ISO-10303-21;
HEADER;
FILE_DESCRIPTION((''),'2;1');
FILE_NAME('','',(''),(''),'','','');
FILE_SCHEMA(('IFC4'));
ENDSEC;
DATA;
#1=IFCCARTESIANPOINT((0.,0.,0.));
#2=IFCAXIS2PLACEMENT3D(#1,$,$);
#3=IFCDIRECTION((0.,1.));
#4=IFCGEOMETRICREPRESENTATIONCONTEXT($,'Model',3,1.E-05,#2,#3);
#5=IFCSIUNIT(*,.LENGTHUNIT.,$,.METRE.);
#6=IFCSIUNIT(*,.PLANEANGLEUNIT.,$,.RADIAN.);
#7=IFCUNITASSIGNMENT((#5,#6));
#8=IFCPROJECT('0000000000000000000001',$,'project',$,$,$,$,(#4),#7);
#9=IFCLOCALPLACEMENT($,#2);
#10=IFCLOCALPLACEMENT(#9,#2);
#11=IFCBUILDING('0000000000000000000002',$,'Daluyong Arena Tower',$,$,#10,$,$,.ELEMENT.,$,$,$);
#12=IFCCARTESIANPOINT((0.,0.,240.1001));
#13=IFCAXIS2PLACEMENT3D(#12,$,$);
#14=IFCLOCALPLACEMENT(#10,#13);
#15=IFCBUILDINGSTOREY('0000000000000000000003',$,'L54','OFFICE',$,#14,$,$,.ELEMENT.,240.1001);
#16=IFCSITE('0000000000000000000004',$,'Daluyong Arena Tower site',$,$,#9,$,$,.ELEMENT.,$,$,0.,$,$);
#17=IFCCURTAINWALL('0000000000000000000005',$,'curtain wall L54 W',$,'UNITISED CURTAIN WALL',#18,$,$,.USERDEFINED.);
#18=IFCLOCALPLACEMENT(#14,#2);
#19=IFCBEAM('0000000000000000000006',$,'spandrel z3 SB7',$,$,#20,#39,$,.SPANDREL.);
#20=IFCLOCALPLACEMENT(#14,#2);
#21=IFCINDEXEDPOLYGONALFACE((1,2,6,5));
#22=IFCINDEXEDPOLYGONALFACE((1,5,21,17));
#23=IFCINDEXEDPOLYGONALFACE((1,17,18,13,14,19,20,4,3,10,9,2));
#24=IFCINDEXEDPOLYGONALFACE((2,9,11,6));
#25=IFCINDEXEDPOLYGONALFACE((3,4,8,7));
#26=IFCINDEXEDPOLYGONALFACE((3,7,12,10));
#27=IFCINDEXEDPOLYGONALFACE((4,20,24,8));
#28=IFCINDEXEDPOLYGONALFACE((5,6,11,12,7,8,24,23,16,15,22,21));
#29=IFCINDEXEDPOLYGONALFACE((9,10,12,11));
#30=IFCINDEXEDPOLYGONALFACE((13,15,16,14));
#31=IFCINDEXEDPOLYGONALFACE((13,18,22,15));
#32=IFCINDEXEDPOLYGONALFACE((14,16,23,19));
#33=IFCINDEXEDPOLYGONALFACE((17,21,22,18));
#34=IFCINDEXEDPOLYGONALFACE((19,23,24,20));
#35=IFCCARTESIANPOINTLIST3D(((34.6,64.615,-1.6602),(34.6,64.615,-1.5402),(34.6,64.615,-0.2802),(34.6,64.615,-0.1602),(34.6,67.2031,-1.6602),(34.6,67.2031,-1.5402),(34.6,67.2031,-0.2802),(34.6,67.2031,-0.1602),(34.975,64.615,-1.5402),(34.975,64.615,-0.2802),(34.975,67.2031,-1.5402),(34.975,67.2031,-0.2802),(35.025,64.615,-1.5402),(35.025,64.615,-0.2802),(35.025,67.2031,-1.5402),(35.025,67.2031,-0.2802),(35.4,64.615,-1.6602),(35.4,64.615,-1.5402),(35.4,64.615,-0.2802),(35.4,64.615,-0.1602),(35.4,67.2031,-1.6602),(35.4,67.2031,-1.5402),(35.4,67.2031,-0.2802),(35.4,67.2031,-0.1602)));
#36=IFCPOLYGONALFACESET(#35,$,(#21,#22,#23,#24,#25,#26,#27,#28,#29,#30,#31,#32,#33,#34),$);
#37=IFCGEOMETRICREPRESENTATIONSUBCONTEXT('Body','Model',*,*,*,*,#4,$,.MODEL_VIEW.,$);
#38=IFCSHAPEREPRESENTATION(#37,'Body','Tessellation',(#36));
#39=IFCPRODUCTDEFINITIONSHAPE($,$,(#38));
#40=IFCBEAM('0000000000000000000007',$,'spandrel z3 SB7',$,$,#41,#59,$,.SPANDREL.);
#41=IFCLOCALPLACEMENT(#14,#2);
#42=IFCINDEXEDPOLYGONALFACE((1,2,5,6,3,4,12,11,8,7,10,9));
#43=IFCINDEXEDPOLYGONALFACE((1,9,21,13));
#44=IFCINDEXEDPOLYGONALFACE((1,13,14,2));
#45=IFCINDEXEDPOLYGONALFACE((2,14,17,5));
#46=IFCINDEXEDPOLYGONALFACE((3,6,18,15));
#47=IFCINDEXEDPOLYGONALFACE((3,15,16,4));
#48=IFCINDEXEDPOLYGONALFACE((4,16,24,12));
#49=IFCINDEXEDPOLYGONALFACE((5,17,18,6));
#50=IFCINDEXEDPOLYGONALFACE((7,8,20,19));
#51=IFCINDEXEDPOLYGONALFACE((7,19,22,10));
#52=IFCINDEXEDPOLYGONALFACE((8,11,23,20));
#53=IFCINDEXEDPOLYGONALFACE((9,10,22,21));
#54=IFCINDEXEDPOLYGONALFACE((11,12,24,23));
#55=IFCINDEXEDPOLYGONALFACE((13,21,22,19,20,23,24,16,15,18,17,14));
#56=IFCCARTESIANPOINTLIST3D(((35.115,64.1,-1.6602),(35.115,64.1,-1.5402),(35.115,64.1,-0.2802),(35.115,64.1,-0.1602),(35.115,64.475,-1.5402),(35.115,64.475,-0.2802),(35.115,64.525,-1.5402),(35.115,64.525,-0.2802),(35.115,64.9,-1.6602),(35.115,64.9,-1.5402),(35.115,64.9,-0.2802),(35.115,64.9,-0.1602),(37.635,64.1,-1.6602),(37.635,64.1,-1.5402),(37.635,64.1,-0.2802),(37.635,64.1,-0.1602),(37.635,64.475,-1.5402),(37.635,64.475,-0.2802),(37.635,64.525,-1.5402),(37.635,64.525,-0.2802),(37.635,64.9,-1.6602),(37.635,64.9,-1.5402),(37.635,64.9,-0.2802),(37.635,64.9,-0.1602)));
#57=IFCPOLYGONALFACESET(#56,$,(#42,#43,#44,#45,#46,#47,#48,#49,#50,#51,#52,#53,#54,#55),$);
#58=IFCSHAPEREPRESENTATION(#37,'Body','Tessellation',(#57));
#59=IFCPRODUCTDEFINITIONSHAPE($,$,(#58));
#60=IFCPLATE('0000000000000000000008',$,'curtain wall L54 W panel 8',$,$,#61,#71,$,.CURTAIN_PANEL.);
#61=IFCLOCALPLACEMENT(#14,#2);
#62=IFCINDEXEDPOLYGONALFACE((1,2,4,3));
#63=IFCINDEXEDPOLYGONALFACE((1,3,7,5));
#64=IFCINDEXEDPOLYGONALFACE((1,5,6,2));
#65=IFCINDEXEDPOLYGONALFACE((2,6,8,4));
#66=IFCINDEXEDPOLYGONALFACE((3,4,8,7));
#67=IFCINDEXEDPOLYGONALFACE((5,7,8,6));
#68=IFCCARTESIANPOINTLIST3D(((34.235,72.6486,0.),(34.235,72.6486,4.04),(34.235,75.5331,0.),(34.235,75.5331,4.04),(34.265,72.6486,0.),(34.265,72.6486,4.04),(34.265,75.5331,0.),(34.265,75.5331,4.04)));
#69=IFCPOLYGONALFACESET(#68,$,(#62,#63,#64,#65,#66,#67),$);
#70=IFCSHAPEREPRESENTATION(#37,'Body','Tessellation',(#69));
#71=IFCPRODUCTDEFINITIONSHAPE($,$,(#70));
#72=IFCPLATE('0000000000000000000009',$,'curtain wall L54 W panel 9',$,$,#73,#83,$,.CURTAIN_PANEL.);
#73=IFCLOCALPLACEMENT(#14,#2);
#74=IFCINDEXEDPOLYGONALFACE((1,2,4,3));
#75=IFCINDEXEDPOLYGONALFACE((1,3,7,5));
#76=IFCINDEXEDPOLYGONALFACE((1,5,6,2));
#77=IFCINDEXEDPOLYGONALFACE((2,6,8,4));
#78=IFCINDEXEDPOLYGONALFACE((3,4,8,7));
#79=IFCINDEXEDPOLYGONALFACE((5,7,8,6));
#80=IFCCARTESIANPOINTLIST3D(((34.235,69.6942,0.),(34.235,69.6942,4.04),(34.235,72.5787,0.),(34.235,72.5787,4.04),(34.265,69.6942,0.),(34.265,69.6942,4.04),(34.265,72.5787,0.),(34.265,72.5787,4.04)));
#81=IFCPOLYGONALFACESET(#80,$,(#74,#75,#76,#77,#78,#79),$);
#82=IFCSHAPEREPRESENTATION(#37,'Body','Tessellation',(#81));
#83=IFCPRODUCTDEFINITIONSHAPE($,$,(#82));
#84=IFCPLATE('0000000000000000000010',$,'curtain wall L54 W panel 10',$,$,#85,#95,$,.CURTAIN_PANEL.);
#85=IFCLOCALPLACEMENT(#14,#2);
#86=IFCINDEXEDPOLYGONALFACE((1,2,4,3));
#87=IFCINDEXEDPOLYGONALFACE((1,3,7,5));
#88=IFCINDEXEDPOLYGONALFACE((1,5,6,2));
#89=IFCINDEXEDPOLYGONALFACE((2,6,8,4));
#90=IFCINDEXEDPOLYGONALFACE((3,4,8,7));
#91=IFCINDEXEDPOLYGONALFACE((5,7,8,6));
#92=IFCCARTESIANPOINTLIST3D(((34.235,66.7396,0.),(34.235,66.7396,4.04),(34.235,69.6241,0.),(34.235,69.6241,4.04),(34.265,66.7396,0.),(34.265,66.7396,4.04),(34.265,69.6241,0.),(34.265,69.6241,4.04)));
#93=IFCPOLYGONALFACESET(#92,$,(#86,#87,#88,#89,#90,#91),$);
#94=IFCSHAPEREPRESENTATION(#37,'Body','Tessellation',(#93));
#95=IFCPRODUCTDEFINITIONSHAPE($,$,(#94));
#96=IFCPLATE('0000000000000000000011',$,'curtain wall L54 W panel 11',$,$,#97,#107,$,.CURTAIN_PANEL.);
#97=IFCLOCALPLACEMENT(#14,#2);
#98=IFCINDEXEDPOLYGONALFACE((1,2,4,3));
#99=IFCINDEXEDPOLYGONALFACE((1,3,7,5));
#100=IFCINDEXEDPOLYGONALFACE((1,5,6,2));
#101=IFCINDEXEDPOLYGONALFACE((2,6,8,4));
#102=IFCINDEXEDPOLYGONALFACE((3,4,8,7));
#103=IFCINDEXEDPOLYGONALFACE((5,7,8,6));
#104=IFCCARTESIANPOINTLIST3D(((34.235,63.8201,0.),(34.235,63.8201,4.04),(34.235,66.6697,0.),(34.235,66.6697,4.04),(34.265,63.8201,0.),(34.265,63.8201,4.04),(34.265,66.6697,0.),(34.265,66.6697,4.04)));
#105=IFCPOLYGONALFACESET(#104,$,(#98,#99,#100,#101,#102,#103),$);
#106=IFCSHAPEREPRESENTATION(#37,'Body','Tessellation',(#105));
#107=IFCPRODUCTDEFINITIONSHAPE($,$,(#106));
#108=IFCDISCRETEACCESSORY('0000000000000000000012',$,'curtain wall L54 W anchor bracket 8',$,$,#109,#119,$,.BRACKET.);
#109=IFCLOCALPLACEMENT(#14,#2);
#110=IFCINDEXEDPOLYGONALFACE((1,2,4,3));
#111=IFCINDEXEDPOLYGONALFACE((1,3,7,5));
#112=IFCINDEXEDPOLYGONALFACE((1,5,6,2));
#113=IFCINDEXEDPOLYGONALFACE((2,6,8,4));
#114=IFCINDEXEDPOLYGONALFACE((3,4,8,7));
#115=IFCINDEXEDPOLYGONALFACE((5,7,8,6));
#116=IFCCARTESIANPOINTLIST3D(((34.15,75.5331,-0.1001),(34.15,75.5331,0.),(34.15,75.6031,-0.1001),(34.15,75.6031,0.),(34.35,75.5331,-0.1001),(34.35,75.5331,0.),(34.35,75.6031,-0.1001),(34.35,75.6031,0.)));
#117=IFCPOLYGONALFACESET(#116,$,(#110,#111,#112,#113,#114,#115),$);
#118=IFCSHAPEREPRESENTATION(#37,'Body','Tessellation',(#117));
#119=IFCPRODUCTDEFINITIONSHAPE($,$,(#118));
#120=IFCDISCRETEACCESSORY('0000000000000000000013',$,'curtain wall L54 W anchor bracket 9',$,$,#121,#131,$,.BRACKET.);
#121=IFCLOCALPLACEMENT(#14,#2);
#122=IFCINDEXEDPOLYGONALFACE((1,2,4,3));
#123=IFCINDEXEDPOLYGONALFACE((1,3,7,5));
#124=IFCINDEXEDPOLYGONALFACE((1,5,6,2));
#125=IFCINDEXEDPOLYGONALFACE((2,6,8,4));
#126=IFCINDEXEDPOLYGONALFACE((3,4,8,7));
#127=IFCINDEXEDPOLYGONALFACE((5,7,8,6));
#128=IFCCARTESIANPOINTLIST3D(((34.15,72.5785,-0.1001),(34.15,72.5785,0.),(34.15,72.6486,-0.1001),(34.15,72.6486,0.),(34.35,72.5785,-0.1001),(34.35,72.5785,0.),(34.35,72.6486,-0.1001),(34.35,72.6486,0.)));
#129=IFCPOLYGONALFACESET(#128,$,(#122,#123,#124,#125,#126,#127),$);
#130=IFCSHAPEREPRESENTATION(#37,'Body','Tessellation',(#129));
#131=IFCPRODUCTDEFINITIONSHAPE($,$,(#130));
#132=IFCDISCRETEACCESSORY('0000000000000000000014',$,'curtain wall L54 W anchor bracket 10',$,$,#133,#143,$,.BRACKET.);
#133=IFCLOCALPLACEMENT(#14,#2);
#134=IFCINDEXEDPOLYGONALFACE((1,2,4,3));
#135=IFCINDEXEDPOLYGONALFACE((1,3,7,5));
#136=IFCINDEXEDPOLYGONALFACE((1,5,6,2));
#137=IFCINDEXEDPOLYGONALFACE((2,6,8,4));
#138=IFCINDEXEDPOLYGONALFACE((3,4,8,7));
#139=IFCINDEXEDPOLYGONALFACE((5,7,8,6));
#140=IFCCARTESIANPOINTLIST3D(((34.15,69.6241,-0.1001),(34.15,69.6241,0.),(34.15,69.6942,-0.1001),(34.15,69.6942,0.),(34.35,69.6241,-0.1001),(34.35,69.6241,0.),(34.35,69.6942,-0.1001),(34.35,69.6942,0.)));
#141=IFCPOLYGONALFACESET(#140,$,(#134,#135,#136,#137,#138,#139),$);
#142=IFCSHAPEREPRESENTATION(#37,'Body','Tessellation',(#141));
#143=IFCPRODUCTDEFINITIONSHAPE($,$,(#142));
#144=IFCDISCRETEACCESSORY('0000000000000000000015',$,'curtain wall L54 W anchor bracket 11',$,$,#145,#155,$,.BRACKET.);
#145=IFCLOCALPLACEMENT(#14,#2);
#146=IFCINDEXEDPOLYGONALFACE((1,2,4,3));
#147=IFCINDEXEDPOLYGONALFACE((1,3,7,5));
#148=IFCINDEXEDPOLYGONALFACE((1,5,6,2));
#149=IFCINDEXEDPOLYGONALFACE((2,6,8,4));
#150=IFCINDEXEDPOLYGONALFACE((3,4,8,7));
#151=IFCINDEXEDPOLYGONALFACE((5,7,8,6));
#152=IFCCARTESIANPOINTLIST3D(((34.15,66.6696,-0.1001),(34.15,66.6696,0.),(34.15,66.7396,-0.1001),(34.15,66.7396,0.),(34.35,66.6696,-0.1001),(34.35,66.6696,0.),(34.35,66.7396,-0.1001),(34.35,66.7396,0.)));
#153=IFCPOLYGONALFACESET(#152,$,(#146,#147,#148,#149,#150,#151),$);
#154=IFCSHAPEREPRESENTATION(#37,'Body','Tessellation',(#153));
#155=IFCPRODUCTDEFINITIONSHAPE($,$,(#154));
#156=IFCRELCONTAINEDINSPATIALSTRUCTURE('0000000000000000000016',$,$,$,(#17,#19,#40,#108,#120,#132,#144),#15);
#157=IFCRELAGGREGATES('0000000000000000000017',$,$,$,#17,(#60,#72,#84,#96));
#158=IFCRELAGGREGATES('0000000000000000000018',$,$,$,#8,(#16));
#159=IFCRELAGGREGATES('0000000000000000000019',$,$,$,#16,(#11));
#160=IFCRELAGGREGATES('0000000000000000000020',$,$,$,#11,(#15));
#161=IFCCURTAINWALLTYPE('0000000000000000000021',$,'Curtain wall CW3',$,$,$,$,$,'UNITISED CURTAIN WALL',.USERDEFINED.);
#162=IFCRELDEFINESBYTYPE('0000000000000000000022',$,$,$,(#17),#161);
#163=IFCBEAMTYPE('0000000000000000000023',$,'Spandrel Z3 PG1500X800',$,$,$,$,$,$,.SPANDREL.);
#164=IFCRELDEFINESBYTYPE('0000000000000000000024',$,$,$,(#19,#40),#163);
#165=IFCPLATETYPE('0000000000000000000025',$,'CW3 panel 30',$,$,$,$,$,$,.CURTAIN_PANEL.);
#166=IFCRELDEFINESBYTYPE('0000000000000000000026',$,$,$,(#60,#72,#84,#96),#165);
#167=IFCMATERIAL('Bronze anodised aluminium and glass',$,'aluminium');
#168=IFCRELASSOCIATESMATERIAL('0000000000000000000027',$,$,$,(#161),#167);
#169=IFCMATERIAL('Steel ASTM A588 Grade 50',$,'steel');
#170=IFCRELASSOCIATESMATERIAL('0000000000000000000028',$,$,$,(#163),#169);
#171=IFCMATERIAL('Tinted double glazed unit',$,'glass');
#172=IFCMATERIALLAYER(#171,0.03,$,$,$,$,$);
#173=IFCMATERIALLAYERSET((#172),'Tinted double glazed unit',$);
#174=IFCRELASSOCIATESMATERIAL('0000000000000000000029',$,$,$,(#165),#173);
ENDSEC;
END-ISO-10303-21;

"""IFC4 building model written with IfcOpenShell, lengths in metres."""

from ifc_helpers import new_model, si_unit, direction, frame, origin, origin_2d, place, context, subcontext, project, spatial, rectangle, i_section, extrude, material, layer, layer_set, material_profile, profile_set, type_object, element, aggregate, save


model = new_model("IFC4")

# Units and contexts
model_context = context("Model", 3, precision=1e-05, world=origin(), true_north=direction((0.0, 1.0)))
body_context = subcontext(model_context, "Body", "Model", "MODEL_VIEW")
ifc_project = project(units=[si_unit("LENGTHUNIT", "METRE"), si_unit("PLANEANGLEUNIT", "RADIAN")], contexts=[model_context])

# Site, building, storey
site_placement = place(None, origin())
site = spatial("IfcSite", under=ifc_project, at=site_placement, Name="Daluyong Arena Tower site", CompositionType="ELEMENT", RefElevation=0.0)
building_placement = place(site_placement, origin())
building = spatial("IfcBuilding", under=site, at=building_placement, Name="Daluyong Arena Tower", CompositionType="ELEMENT")
storey_placement = place(building_placement, frame((0.0, 0.0, 240.1001)))
storey = spatial("IfcBuildingStorey", under=building, at=storey_placement, Name="L54", Description="OFFICE", CompositionType="ELEMENT", Elevation=240.1001)

# Curtain wall
ifc_material_1 = material(Name="Bronze anodised aluminium and glass", Category="aluminium")
curtain_wall_type_1 = type_object("IfcCurtainWallType", Name="Curtain wall CW3", ElementType="UNITISED CURTAIN WALL", PredefinedType="USERDEFINED", material=ifc_material_1)
curtain_wall_1_placement = place(storey_placement, origin())
curtain_wall_1 = element("IfcCurtainWall", 1, at=curtain_wall_1_placement, inside=storey, type_object=curtain_wall_type_1, Name="curtain wall L54 W", ObjectType="UNITISED CURTAIN WALL", PredefinedType="USERDEFINED")

# Beams
ifc_material_2 = material(Name="Steel ASTM A588 Grade 50", Category="steel")
ifc_material_profile_1 = material_profile(ifc_material_2, i_section(OverallWidth=0.8, OverallDepth=1.5, WebThickness=0.05, FlangeThickness=0.12, at=origin_2d()))
ifc_profile_set_1 = profile_set([ifc_material_profile_1], Name="Steel ASTM A588 Grade 50")
beam_type_1 = type_object("IfcBeamType", Name="Spandrel Z3 PG1500X800", PredefinedType="SPANDREL", material=ifc_profile_set_1)
beam_1_placement = place(storey_placement, frame((35.0, 67.2031, -0.9102), z_axis=(0.0, -1.0, 0.0), x_axis=(1.0, 0.0, 0.0)))
element("IfcBeam", 2, at=beam_1_placement, inside=storey, type_object=beam_type_1, Name="spandrel z3 SB7", PredefinedType="SPANDREL", context=body_context, shape_type="SweptSolid", body=[
    extrude(i_section(OverallWidth=0.8, OverallDepth=1.5, WebThickness=0.05, FlangeThickness=0.12, at=origin_2d()), origin(), (0.0, 0.0, 1.0), 2.5881),
])
beam_2_placement = place(storey_placement, frame((35.115, 64.5, -0.9102), z_axis=(1.0, 0.0, 0.0), x_axis=(0.0, 1.0, 0.0)))
element("IfcBeam", 3, at=beam_2_placement, inside=storey, type_object=beam_type_1, Name="spandrel z3 SB7", PredefinedType="SPANDREL", context=body_context, shape_type="SweptSolid", body=[
    extrude(i_section(OverallWidth=0.8, OverallDepth=1.5, WebThickness=0.05, FlangeThickness=0.12, at=origin_2d()), origin(), (0.0, 0.0, 1.0), 2.52),
])

# Plates
ifc_material_3 = material(Name="Tinted double glazed unit", Category="glass")
ifc_layer = layer(ifc_material_3, 0.03)
ifc_layer_set = layer_set([ifc_layer], Name="Tinted double glazed unit")
plate_type = type_object("IfcPlateType", Name="CW3 panel 30", PredefinedType="CURTAIN_PANEL", material=ifc_layer_set)
plate_1_placement = place(storey_placement, frame((34.25, 74.0908, 0.0), z_axis=(0.0, 0.0, 1.0), x_axis=(0.0, -1.0, 0.0)))
plate_1 = element("IfcPlate", 4, at=plate_1_placement, type_object=plate_type, Name="curtain wall L54 W panel 8", PredefinedType="CURTAIN_PANEL", context=body_context, shape_type="SweptSolid", body=[
    extrude(rectangle(XDim=2.8845, YDim=0.03, at=origin_2d()), origin(), (0.0, 0.0, 1.0), 4.04),
])
plate_2_placement = place(storey_placement, frame((34.25, 71.1365, 0.0), z_axis=(0.0, 0.0, 1.0), x_axis=(0.0, -1.0, 0.0)))
plate_2 = element("IfcPlate", 5, at=plate_2_placement, type_object=plate_type, Name="curtain wall L54 W panel 9", PredefinedType="CURTAIN_PANEL", context=body_context, shape_type="SweptSolid", body=[
    extrude(rectangle(XDim=2.8845, YDim=0.03, at=origin_2d()), origin(), (0.0, 0.0, 1.0), 4.04),
])
plate_3_placement = place(storey_placement, frame((34.25, 68.1819, 0.0), z_axis=(0.0, 0.0, 1.0), x_axis=(0.0, -1.0, 0.0)))
plate_3 = element("IfcPlate", 6, at=plate_3_placement, type_object=plate_type, Name="curtain wall L54 W panel 10", PredefinedType="CURTAIN_PANEL", context=body_context, shape_type="SweptSolid", body=[
    extrude(rectangle(XDim=2.8845, YDim=0.03, at=origin_2d()), origin(), (0.0, 0.0, 1.0), 4.04),
])
plate_4_placement = place(storey_placement, frame((34.25, 65.2449, 0.0), z_axis=(0.0, 0.0, 1.0), x_axis=(0.0, -1.0, 0.0)))
plate_4 = element("IfcPlate", 7, at=plate_4_placement, type_object=plate_type, Name="curtain wall L54 W panel 11", PredefinedType="CURTAIN_PANEL", context=body_context, shape_type="SweptSolid", body=[
    extrude(rectangle(XDim=2.8496, YDim=0.03, at=origin_2d()), origin(), (0.0, 0.0, 1.0), 4.04),
])
aggregate(curtain_wall_1, [plate_1, plate_2, plate_3, plate_4])

# Discrete accessories
for number, where, z_axis, x_axis, name in (
    (8, (34.25, 75.5681, -0.1001), (0.0, 0.0, 1.0), (0.0, -1.0, 0.0), "curtain wall L54 W anchor bracket 8"),
    (9, (34.25, 72.6135, -0.1001), (0.0, 0.0, 1.0), (0.0, -1.0, 0.0), "curtain wall L54 W anchor bracket 9"),
    (10, (34.25, 69.6592, -0.1001), (0.0, 0.0, 1.0), (0.0, -1.0, 0.0), "curtain wall L54 W anchor bracket 10"),
    (11, (34.25, 66.7046, -0.1001), (0.0, 0.0, 1.0), (0.0, -1.0, 0.0), "curtain wall L54 W anchor bracket 11"),
):
    element("IfcDiscreteAccessory", number, at=place(storey_placement, frame(where, z_axis=z_axis, x_axis=x_axis)), inside=storey, Name=name, PredefinedType="BRACKET", context=body_context, shape_type="SweptSolid", body=[
        extrude(rectangle(XDim=0.0701, YDim=0.2, at=origin_2d()), origin(), (0.0, 0.0, 1.0), 0.1001),
    ])

save(model, "model.ifc")
